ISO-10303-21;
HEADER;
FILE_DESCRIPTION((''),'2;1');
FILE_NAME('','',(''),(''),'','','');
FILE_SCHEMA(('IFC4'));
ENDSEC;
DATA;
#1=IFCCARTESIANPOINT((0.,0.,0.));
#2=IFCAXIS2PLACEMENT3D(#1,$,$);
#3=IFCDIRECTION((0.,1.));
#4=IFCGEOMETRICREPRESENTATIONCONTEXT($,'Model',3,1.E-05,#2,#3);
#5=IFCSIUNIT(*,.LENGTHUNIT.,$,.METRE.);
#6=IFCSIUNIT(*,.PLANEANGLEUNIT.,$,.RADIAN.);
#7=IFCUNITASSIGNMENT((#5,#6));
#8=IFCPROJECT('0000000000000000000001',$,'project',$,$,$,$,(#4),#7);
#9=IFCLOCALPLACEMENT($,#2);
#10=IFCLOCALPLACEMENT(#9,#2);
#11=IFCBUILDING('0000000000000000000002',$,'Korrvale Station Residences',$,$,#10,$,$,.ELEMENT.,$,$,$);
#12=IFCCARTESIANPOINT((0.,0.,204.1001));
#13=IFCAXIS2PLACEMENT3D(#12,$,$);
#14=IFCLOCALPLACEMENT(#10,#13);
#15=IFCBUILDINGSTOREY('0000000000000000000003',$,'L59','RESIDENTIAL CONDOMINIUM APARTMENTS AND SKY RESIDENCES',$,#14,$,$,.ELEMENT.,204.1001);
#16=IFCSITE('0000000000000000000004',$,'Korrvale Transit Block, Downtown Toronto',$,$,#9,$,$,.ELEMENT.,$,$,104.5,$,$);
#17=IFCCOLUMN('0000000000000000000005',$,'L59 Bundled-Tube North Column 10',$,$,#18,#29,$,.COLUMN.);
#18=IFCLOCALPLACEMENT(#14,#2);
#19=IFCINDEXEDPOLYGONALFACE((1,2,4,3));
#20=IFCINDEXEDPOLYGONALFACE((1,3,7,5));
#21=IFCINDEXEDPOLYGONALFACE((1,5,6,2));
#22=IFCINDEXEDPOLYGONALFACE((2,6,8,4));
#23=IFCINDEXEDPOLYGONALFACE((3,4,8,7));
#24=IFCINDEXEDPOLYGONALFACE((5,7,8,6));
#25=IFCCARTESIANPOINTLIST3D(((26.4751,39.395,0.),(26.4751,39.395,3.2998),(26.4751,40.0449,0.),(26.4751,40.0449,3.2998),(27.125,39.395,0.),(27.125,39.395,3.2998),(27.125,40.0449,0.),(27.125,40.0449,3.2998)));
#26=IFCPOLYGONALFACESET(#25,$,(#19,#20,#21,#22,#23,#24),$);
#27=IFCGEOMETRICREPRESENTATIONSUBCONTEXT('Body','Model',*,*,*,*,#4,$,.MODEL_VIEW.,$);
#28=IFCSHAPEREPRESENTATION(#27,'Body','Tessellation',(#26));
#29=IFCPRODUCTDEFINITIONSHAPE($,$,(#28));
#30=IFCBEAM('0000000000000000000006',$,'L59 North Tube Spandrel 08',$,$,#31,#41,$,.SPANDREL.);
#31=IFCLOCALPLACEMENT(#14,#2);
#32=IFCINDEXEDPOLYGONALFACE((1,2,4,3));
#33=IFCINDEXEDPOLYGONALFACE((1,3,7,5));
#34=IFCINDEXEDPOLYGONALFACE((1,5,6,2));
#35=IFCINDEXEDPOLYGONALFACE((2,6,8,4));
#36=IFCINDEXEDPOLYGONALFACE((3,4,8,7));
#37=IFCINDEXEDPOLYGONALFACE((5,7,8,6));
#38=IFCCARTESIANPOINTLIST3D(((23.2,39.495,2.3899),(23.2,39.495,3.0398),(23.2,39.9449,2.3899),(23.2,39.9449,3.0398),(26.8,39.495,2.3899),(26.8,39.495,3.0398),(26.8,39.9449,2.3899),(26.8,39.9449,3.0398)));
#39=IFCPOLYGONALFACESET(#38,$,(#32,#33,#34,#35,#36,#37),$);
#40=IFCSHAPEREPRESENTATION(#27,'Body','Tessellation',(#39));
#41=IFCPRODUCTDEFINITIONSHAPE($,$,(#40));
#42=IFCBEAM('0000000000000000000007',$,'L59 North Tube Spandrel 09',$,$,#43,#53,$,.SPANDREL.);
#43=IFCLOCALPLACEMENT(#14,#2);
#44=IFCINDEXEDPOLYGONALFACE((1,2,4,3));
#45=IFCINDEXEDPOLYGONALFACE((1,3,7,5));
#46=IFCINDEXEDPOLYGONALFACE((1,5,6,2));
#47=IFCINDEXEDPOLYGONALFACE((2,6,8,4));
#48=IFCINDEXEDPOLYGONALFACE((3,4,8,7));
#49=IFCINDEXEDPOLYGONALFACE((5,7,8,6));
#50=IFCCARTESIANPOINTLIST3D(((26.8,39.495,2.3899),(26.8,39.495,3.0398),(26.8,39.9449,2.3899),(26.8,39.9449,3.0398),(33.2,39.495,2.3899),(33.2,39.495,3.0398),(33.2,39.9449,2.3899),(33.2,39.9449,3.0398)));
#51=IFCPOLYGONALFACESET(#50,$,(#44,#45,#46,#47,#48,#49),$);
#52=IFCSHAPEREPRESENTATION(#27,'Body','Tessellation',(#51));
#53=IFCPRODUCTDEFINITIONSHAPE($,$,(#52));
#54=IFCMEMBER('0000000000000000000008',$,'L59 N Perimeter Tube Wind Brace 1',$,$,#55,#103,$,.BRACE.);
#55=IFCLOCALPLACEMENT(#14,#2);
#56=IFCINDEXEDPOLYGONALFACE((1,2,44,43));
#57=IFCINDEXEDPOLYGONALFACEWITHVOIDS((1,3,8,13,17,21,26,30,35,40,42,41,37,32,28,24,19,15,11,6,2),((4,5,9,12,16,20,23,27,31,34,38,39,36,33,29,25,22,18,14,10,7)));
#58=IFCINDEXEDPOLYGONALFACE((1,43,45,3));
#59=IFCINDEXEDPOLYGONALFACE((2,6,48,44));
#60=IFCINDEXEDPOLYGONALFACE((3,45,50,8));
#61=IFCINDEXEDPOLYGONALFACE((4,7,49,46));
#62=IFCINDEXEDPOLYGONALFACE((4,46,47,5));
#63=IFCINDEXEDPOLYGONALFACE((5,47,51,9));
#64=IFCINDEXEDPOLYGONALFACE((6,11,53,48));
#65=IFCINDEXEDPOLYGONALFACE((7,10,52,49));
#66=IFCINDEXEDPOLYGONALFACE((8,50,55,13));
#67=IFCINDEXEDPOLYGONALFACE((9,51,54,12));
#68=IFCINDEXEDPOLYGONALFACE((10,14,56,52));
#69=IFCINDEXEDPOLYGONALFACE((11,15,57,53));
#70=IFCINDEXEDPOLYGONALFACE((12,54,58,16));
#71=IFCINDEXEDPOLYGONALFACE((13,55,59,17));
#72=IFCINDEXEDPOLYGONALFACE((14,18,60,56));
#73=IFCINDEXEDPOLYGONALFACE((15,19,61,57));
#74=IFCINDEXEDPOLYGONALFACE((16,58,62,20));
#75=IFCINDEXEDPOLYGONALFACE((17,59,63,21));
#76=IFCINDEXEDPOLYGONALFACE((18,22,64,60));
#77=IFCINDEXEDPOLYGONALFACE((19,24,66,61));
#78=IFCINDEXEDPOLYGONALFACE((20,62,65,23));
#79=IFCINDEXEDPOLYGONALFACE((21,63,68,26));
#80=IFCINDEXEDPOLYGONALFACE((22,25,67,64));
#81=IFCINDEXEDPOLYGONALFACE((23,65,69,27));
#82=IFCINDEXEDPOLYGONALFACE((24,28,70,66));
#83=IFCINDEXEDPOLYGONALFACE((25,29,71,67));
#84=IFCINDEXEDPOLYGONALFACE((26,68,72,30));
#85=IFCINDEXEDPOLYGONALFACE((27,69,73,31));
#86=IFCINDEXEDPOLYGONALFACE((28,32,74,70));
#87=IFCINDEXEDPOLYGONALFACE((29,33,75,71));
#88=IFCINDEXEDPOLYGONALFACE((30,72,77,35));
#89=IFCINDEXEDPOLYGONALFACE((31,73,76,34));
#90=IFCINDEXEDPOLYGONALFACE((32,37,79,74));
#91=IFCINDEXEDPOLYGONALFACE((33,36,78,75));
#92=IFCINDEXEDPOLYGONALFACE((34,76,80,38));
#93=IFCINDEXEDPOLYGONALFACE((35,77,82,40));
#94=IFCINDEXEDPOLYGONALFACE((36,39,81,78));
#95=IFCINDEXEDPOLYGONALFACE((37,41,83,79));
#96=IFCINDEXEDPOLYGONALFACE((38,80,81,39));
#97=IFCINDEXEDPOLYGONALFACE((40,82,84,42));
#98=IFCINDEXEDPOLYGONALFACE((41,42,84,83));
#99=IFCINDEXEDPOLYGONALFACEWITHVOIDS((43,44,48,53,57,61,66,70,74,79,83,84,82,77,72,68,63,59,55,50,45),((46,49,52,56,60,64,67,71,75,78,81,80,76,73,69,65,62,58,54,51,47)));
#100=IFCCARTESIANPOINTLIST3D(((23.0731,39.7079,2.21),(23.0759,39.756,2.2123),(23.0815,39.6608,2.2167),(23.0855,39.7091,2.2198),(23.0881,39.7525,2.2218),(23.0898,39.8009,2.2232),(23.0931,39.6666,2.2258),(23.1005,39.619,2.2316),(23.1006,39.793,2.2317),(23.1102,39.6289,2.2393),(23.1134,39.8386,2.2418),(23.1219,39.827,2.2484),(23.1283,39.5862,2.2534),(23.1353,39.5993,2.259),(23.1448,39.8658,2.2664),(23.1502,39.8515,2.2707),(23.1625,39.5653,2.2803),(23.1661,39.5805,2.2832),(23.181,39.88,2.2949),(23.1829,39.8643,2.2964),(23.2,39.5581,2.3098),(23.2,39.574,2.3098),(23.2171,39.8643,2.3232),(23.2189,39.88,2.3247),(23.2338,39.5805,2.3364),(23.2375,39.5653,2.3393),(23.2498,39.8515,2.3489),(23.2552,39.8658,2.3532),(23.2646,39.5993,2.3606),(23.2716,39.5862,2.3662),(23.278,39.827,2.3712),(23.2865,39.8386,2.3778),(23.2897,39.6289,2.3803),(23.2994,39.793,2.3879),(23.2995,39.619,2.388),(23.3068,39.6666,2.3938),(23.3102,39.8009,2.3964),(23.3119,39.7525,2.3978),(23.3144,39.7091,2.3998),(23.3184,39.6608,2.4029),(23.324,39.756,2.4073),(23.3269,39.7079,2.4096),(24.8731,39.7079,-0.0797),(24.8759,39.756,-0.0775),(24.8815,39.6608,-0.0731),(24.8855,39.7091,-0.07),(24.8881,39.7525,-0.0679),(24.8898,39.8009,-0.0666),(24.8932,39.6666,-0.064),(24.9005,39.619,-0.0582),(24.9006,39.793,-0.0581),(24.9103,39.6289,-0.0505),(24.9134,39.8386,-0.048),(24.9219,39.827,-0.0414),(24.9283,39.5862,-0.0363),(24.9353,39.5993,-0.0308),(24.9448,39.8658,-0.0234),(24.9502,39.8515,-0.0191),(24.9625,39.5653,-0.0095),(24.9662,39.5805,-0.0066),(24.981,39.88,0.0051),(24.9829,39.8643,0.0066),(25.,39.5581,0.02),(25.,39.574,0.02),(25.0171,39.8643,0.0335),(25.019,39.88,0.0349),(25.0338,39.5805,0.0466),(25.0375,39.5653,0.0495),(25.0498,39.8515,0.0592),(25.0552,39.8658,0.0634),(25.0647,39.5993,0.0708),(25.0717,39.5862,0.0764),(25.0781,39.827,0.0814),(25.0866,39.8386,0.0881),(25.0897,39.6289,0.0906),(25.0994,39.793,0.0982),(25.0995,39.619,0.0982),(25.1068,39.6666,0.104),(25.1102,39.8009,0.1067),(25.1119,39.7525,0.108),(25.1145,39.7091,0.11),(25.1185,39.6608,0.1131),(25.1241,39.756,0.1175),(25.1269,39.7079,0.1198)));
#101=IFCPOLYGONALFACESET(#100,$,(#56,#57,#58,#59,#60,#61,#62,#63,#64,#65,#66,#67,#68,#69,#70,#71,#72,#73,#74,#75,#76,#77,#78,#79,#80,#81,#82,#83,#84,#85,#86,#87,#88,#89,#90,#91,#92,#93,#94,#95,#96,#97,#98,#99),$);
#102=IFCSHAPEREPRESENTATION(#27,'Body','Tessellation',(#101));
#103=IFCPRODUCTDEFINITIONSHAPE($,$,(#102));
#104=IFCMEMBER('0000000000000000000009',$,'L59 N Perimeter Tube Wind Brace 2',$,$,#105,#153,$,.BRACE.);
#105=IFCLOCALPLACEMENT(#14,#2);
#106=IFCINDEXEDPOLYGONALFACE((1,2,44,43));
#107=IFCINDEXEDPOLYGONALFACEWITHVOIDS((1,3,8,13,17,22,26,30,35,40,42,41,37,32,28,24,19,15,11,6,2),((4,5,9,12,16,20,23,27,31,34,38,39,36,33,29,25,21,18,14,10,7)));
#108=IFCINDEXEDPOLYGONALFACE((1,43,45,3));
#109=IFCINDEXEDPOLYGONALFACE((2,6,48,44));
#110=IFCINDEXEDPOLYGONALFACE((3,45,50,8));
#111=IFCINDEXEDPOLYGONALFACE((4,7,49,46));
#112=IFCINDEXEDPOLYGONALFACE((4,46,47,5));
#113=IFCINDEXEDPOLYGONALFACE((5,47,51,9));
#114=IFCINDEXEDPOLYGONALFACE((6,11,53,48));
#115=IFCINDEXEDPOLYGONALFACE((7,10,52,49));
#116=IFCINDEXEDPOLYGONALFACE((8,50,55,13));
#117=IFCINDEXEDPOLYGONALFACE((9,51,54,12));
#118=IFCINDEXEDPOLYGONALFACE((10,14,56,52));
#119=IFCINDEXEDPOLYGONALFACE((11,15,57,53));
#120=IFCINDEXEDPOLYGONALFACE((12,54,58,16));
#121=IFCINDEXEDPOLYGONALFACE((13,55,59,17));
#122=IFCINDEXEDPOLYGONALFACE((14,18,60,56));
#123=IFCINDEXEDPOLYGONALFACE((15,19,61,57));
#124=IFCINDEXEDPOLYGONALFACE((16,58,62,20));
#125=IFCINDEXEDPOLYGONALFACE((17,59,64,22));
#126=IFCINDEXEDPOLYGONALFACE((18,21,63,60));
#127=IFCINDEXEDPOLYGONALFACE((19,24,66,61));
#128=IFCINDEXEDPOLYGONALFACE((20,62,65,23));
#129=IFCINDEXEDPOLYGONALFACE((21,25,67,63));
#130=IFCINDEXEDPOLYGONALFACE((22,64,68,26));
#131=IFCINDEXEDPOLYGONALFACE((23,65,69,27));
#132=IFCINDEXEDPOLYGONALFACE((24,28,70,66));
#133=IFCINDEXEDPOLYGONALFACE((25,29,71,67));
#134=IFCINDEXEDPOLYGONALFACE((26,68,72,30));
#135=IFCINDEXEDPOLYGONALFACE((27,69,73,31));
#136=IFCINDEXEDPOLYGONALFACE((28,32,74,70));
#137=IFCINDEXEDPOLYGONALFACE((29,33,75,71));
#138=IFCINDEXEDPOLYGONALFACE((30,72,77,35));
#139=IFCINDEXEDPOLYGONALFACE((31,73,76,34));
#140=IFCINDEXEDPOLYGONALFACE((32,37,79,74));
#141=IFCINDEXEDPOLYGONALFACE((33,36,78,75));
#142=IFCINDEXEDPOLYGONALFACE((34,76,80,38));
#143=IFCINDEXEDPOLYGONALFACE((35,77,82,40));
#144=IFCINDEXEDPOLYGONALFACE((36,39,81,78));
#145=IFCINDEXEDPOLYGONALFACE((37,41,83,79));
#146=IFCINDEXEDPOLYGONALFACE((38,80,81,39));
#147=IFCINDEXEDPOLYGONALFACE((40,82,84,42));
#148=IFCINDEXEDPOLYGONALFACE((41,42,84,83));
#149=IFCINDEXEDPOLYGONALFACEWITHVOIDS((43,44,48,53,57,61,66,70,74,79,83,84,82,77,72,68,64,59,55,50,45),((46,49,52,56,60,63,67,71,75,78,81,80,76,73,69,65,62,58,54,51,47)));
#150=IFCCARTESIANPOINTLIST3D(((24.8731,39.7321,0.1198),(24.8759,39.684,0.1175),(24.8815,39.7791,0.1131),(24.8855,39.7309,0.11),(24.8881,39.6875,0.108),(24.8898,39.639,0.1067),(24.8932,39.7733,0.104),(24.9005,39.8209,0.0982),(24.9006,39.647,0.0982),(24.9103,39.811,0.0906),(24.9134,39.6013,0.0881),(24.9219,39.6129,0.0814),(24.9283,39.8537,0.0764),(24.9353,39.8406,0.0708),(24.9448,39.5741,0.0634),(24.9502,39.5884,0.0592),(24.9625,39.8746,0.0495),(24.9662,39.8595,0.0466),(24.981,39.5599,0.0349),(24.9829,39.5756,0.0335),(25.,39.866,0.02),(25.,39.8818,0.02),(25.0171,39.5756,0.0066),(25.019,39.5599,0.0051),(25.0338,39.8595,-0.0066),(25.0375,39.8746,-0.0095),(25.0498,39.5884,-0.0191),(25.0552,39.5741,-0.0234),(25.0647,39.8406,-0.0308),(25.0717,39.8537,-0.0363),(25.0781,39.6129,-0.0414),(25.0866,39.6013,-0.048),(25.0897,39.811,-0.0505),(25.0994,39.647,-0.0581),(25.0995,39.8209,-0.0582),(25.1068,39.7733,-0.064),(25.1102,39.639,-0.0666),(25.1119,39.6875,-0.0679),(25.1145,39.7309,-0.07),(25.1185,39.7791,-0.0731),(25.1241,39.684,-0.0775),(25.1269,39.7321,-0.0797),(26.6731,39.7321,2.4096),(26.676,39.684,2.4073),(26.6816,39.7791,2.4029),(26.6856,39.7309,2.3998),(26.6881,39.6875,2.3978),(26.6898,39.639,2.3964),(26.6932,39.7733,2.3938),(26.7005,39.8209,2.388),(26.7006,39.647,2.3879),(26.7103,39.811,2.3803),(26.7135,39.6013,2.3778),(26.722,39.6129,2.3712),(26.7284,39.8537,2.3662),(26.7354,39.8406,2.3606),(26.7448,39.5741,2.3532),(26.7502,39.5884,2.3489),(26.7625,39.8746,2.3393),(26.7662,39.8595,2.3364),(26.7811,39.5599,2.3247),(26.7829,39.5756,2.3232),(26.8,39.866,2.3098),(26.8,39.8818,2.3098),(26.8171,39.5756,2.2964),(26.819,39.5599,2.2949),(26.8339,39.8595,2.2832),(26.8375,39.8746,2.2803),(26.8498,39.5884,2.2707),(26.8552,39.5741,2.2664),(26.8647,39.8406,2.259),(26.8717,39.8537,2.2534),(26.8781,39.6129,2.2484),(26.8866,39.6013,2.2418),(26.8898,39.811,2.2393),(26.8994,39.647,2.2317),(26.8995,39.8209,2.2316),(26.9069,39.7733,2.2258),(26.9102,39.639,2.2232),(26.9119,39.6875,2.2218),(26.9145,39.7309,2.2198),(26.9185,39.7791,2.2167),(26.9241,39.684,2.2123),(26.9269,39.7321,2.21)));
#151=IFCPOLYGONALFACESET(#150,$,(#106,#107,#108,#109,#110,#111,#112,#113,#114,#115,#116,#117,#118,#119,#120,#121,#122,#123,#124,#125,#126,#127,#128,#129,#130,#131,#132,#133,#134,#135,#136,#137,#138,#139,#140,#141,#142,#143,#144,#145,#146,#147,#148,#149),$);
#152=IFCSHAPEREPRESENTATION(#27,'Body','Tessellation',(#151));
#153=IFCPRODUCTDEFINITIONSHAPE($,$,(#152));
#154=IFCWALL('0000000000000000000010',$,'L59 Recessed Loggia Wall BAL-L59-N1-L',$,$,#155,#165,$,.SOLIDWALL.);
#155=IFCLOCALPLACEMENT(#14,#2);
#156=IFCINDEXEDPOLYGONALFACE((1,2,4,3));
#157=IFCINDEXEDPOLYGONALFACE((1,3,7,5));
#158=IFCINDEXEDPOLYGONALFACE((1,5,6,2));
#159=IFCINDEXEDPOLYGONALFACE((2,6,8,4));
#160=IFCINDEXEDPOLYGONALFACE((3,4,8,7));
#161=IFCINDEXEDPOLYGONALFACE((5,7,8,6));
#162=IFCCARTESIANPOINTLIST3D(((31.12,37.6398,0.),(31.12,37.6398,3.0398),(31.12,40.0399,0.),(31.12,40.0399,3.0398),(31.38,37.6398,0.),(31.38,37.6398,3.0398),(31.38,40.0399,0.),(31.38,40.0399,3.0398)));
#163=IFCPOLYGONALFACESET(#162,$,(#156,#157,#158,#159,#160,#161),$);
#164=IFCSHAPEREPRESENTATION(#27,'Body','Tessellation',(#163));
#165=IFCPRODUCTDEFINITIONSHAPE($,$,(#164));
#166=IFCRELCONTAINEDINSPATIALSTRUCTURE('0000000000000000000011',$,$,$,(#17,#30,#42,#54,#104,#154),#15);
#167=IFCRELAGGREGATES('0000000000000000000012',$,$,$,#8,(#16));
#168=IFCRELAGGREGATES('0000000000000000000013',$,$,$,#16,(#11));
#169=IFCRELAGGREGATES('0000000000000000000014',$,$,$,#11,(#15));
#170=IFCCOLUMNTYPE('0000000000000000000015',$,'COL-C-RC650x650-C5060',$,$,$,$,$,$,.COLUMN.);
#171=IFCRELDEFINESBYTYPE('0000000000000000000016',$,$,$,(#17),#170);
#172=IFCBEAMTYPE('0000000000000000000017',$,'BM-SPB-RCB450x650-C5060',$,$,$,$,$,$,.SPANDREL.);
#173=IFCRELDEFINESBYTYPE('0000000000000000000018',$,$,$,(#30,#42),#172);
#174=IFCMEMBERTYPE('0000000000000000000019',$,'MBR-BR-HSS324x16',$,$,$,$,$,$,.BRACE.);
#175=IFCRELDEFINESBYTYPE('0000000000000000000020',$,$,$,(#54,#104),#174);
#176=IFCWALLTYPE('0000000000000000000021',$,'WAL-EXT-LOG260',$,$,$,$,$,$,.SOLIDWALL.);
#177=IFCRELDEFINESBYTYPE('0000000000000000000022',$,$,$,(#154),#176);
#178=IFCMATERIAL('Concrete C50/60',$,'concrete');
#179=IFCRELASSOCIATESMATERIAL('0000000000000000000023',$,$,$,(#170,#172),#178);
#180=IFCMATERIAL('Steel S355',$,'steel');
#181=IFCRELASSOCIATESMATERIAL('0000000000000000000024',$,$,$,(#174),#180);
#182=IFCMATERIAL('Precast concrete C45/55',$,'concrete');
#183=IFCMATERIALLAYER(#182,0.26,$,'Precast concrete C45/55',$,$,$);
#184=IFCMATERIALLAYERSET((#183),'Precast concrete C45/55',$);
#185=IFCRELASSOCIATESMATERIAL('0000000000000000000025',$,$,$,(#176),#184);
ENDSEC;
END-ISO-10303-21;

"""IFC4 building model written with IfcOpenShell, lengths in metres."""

from ifc_helpers import new_model, si_unit, direction, frame, frame_2d, origin, origin_2d, place, context, subcontext, project, spatial, rectangle, hollow_circle, extrude, material, layer, layer_set, material_profile, profile_set, type_object, element, save


model = new_model("IFC4")

# Units and contexts
model_context = context("Model", 3, precision=1e-05, world=origin(), true_north=direction((0.0, 1.0)))
body_context = subcontext(model_context, "Body", "Model", "MODEL_VIEW")
ifc_project = project(units=[si_unit("LENGTHUNIT", "METRE"), si_unit("PLANEANGLEUNIT", "RADIAN")], contexts=[model_context])

# Site, building, storey
site_placement = place(None, origin())
site = spatial("IfcSite", under=ifc_project, at=site_placement, Name="Korrvale Transit Block, Downtown Toronto", CompositionType="ELEMENT", RefElevation=104.5)
building_placement = place(site_placement, origin())
building = spatial("IfcBuilding", under=site, at=building_placement, Name="Korrvale Station Residences", CompositionType="ELEMENT")
storey_placement = place(building_placement, frame((0.0, 0.0, 204.1001)))
storey = spatial("IfcBuildingStorey", under=building, at=storey_placement, Name="L59", Description="RESIDENTIAL CONDOMINIUM APARTMENTS AND SKY RESIDENCES", CompositionType="ELEMENT", Elevation=204.1001)

# Column
ifc_material_1 = material(Name="Concrete C50/60", Category="concrete")
ifc_material_profile_1 = material_profile(ifc_material_1, rectangle(XDim=0.6499, YDim=0.6499, at=origin_2d()), Name="RC650x650")
ifc_profile_set_1 = profile_set([ifc_material_profile_1], Name="Concrete C50/60")
column_type = type_object("IfcColumnType", Name="COL-C-RC650x650-C5060", PredefinedType="COLUMN", material=ifc_profile_set_1)
column_placement = place(storey_placement, frame((26.8, 39.72, 0.0), z_axis=(0.0, 0.0, 1.0), x_axis=(1.0, 0.0, 0.0)))
element("IfcColumn", 1, at=column_placement, inside=storey, type_object=column_type, Name="L59 Bundled-Tube North Column 10", PredefinedType="COLUMN", context=body_context, shape_type="SweptSolid", body=[
    extrude(rectangle(XDim=0.6499, YDim=0.6499, at=origin_2d()), origin(), (0.0, 0.0, 1.0), 3.2998),
])

# Beams
ifc_material_profile_2 = material_profile(ifc_material_1, rectangle(XDim=0.45, YDim=0.6499, at=origin_2d()), Name="RCB450x650")
ifc_profile_set_2 = profile_set([ifc_material_profile_2], Name="Concrete C50/60")
beam_type = type_object("IfcBeamType", Name="BM-SPB-RCB450x650-C5060", PredefinedType="SPANDREL", material=ifc_profile_set_2)
beam_1_placement = place(storey_placement, frame((23.2, 39.72, 2.7148), z_axis=(1.0, 0.0, 0.0), x_axis=(0.0, 1.0, 0.0)))
element("IfcBeam", 2, at=beam_1_placement, inside=storey, type_object=beam_type, Name="L59 North Tube Spandrel 08", PredefinedType="SPANDREL", context=body_context, shape_type="SweptSolid", body=[
    extrude(rectangle(XDim=0.45, YDim=0.6499, at=origin_2d()), origin(), (0.0, 0.0, 1.0), 3.6001),
])
beam_2_placement = place(storey_placement, frame((26.8, 39.72, 2.7148), z_axis=(1.0, 0.0, 0.0), x_axis=(0.0, 1.0, 0.0)))
element("IfcBeam", 3, at=beam_2_placement, inside=storey, type_object=beam_type, Name="L59 North Tube Spandrel 09", PredefinedType="SPANDREL", context=body_context, shape_type="SweptSolid", body=[
    extrude(rectangle(XDim=0.45, YDim=0.6499, at=origin_2d()), origin(), (0.0, 0.0, 1.0), 6.3999),
])

# Members
ifc_material_2 = material(Name="Steel S355", Category="steel")
ifc_material_profile_3 = material_profile(ifc_material_2, hollow_circle(Radius=0.1619, WallThickness=0.0159, at=origin_2d()), Name="HSS324x16")
ifc_profile_set_3 = profile_set([ifc_material_profile_3], Name="Steel S355")
member_type = type_object("IfcMemberType", Name="MBR-BR-HSS324x16", PredefinedType="BRACE", material=ifc_profile_set_3)
for number, where, z_axis, x_axis, name in (
    (4, (25.0, 39.72, 0.02), (-0.618018, 0.0, 0.786164), (0.0, -1.0, 0.0), "L59 N Perimeter Tube Wind Brace 1"),
    (5, (25.0, 39.72, 0.02), (0.618018, 0.0, 0.786164), (0.0, 1.0, 0.0), "L59 N Perimeter Tube Wind Brace 2"),
):
    element("IfcMember", number, at=place(storey_placement, frame(where, z_axis=z_axis, x_axis=x_axis)), inside=storey, type_object=member_type, Name=name, PredefinedType="BRACE", context=body_context, shape_type="SweptSolid", body=[
        extrude(hollow_circle(Radius=0.1619, WallThickness=0.0159, at=origin_2d()), origin(), (0.0, 0.0, 1.0), 2.9126),
    ])

# Wall
ifc_material_3 = material(Name="Precast concrete C45/55", Category="concrete")
ifc_layer_1 = layer(ifc_material_3, 0.26, Name="Precast concrete C45/55")
ifc_layer_set_1 = layer_set([ifc_layer_1], Name="Precast concrete C45/55")
wall_type_1 = type_object("IfcWallType", Name="WAL-EXT-LOG260", PredefinedType="SOLIDWALL", material=ifc_layer_set_1)
wall_1_placement = place(storey_placement, frame((31.25, 40.04, 0.0), z_axis=(0.0, 0.0, 1.0), x_axis=(0.0, -1.0, 0.0)))
element("IfcWall", 6, at=wall_1_placement, inside=storey, type_object=wall_type_1, Name="L59 Recessed Loggia Wall BAL-L59-N1-L", PredefinedType="SOLIDWALL", context=body_context, shape_type="SweptSolid", body=[
    extrude(rectangle(XDim=2.4001, YDim=0.26, at=frame_2d((1.2002, 0.0))), origin(), (0.0, 0.0, 1.0), 3.0398),
])

save(model, "model.ifc")
